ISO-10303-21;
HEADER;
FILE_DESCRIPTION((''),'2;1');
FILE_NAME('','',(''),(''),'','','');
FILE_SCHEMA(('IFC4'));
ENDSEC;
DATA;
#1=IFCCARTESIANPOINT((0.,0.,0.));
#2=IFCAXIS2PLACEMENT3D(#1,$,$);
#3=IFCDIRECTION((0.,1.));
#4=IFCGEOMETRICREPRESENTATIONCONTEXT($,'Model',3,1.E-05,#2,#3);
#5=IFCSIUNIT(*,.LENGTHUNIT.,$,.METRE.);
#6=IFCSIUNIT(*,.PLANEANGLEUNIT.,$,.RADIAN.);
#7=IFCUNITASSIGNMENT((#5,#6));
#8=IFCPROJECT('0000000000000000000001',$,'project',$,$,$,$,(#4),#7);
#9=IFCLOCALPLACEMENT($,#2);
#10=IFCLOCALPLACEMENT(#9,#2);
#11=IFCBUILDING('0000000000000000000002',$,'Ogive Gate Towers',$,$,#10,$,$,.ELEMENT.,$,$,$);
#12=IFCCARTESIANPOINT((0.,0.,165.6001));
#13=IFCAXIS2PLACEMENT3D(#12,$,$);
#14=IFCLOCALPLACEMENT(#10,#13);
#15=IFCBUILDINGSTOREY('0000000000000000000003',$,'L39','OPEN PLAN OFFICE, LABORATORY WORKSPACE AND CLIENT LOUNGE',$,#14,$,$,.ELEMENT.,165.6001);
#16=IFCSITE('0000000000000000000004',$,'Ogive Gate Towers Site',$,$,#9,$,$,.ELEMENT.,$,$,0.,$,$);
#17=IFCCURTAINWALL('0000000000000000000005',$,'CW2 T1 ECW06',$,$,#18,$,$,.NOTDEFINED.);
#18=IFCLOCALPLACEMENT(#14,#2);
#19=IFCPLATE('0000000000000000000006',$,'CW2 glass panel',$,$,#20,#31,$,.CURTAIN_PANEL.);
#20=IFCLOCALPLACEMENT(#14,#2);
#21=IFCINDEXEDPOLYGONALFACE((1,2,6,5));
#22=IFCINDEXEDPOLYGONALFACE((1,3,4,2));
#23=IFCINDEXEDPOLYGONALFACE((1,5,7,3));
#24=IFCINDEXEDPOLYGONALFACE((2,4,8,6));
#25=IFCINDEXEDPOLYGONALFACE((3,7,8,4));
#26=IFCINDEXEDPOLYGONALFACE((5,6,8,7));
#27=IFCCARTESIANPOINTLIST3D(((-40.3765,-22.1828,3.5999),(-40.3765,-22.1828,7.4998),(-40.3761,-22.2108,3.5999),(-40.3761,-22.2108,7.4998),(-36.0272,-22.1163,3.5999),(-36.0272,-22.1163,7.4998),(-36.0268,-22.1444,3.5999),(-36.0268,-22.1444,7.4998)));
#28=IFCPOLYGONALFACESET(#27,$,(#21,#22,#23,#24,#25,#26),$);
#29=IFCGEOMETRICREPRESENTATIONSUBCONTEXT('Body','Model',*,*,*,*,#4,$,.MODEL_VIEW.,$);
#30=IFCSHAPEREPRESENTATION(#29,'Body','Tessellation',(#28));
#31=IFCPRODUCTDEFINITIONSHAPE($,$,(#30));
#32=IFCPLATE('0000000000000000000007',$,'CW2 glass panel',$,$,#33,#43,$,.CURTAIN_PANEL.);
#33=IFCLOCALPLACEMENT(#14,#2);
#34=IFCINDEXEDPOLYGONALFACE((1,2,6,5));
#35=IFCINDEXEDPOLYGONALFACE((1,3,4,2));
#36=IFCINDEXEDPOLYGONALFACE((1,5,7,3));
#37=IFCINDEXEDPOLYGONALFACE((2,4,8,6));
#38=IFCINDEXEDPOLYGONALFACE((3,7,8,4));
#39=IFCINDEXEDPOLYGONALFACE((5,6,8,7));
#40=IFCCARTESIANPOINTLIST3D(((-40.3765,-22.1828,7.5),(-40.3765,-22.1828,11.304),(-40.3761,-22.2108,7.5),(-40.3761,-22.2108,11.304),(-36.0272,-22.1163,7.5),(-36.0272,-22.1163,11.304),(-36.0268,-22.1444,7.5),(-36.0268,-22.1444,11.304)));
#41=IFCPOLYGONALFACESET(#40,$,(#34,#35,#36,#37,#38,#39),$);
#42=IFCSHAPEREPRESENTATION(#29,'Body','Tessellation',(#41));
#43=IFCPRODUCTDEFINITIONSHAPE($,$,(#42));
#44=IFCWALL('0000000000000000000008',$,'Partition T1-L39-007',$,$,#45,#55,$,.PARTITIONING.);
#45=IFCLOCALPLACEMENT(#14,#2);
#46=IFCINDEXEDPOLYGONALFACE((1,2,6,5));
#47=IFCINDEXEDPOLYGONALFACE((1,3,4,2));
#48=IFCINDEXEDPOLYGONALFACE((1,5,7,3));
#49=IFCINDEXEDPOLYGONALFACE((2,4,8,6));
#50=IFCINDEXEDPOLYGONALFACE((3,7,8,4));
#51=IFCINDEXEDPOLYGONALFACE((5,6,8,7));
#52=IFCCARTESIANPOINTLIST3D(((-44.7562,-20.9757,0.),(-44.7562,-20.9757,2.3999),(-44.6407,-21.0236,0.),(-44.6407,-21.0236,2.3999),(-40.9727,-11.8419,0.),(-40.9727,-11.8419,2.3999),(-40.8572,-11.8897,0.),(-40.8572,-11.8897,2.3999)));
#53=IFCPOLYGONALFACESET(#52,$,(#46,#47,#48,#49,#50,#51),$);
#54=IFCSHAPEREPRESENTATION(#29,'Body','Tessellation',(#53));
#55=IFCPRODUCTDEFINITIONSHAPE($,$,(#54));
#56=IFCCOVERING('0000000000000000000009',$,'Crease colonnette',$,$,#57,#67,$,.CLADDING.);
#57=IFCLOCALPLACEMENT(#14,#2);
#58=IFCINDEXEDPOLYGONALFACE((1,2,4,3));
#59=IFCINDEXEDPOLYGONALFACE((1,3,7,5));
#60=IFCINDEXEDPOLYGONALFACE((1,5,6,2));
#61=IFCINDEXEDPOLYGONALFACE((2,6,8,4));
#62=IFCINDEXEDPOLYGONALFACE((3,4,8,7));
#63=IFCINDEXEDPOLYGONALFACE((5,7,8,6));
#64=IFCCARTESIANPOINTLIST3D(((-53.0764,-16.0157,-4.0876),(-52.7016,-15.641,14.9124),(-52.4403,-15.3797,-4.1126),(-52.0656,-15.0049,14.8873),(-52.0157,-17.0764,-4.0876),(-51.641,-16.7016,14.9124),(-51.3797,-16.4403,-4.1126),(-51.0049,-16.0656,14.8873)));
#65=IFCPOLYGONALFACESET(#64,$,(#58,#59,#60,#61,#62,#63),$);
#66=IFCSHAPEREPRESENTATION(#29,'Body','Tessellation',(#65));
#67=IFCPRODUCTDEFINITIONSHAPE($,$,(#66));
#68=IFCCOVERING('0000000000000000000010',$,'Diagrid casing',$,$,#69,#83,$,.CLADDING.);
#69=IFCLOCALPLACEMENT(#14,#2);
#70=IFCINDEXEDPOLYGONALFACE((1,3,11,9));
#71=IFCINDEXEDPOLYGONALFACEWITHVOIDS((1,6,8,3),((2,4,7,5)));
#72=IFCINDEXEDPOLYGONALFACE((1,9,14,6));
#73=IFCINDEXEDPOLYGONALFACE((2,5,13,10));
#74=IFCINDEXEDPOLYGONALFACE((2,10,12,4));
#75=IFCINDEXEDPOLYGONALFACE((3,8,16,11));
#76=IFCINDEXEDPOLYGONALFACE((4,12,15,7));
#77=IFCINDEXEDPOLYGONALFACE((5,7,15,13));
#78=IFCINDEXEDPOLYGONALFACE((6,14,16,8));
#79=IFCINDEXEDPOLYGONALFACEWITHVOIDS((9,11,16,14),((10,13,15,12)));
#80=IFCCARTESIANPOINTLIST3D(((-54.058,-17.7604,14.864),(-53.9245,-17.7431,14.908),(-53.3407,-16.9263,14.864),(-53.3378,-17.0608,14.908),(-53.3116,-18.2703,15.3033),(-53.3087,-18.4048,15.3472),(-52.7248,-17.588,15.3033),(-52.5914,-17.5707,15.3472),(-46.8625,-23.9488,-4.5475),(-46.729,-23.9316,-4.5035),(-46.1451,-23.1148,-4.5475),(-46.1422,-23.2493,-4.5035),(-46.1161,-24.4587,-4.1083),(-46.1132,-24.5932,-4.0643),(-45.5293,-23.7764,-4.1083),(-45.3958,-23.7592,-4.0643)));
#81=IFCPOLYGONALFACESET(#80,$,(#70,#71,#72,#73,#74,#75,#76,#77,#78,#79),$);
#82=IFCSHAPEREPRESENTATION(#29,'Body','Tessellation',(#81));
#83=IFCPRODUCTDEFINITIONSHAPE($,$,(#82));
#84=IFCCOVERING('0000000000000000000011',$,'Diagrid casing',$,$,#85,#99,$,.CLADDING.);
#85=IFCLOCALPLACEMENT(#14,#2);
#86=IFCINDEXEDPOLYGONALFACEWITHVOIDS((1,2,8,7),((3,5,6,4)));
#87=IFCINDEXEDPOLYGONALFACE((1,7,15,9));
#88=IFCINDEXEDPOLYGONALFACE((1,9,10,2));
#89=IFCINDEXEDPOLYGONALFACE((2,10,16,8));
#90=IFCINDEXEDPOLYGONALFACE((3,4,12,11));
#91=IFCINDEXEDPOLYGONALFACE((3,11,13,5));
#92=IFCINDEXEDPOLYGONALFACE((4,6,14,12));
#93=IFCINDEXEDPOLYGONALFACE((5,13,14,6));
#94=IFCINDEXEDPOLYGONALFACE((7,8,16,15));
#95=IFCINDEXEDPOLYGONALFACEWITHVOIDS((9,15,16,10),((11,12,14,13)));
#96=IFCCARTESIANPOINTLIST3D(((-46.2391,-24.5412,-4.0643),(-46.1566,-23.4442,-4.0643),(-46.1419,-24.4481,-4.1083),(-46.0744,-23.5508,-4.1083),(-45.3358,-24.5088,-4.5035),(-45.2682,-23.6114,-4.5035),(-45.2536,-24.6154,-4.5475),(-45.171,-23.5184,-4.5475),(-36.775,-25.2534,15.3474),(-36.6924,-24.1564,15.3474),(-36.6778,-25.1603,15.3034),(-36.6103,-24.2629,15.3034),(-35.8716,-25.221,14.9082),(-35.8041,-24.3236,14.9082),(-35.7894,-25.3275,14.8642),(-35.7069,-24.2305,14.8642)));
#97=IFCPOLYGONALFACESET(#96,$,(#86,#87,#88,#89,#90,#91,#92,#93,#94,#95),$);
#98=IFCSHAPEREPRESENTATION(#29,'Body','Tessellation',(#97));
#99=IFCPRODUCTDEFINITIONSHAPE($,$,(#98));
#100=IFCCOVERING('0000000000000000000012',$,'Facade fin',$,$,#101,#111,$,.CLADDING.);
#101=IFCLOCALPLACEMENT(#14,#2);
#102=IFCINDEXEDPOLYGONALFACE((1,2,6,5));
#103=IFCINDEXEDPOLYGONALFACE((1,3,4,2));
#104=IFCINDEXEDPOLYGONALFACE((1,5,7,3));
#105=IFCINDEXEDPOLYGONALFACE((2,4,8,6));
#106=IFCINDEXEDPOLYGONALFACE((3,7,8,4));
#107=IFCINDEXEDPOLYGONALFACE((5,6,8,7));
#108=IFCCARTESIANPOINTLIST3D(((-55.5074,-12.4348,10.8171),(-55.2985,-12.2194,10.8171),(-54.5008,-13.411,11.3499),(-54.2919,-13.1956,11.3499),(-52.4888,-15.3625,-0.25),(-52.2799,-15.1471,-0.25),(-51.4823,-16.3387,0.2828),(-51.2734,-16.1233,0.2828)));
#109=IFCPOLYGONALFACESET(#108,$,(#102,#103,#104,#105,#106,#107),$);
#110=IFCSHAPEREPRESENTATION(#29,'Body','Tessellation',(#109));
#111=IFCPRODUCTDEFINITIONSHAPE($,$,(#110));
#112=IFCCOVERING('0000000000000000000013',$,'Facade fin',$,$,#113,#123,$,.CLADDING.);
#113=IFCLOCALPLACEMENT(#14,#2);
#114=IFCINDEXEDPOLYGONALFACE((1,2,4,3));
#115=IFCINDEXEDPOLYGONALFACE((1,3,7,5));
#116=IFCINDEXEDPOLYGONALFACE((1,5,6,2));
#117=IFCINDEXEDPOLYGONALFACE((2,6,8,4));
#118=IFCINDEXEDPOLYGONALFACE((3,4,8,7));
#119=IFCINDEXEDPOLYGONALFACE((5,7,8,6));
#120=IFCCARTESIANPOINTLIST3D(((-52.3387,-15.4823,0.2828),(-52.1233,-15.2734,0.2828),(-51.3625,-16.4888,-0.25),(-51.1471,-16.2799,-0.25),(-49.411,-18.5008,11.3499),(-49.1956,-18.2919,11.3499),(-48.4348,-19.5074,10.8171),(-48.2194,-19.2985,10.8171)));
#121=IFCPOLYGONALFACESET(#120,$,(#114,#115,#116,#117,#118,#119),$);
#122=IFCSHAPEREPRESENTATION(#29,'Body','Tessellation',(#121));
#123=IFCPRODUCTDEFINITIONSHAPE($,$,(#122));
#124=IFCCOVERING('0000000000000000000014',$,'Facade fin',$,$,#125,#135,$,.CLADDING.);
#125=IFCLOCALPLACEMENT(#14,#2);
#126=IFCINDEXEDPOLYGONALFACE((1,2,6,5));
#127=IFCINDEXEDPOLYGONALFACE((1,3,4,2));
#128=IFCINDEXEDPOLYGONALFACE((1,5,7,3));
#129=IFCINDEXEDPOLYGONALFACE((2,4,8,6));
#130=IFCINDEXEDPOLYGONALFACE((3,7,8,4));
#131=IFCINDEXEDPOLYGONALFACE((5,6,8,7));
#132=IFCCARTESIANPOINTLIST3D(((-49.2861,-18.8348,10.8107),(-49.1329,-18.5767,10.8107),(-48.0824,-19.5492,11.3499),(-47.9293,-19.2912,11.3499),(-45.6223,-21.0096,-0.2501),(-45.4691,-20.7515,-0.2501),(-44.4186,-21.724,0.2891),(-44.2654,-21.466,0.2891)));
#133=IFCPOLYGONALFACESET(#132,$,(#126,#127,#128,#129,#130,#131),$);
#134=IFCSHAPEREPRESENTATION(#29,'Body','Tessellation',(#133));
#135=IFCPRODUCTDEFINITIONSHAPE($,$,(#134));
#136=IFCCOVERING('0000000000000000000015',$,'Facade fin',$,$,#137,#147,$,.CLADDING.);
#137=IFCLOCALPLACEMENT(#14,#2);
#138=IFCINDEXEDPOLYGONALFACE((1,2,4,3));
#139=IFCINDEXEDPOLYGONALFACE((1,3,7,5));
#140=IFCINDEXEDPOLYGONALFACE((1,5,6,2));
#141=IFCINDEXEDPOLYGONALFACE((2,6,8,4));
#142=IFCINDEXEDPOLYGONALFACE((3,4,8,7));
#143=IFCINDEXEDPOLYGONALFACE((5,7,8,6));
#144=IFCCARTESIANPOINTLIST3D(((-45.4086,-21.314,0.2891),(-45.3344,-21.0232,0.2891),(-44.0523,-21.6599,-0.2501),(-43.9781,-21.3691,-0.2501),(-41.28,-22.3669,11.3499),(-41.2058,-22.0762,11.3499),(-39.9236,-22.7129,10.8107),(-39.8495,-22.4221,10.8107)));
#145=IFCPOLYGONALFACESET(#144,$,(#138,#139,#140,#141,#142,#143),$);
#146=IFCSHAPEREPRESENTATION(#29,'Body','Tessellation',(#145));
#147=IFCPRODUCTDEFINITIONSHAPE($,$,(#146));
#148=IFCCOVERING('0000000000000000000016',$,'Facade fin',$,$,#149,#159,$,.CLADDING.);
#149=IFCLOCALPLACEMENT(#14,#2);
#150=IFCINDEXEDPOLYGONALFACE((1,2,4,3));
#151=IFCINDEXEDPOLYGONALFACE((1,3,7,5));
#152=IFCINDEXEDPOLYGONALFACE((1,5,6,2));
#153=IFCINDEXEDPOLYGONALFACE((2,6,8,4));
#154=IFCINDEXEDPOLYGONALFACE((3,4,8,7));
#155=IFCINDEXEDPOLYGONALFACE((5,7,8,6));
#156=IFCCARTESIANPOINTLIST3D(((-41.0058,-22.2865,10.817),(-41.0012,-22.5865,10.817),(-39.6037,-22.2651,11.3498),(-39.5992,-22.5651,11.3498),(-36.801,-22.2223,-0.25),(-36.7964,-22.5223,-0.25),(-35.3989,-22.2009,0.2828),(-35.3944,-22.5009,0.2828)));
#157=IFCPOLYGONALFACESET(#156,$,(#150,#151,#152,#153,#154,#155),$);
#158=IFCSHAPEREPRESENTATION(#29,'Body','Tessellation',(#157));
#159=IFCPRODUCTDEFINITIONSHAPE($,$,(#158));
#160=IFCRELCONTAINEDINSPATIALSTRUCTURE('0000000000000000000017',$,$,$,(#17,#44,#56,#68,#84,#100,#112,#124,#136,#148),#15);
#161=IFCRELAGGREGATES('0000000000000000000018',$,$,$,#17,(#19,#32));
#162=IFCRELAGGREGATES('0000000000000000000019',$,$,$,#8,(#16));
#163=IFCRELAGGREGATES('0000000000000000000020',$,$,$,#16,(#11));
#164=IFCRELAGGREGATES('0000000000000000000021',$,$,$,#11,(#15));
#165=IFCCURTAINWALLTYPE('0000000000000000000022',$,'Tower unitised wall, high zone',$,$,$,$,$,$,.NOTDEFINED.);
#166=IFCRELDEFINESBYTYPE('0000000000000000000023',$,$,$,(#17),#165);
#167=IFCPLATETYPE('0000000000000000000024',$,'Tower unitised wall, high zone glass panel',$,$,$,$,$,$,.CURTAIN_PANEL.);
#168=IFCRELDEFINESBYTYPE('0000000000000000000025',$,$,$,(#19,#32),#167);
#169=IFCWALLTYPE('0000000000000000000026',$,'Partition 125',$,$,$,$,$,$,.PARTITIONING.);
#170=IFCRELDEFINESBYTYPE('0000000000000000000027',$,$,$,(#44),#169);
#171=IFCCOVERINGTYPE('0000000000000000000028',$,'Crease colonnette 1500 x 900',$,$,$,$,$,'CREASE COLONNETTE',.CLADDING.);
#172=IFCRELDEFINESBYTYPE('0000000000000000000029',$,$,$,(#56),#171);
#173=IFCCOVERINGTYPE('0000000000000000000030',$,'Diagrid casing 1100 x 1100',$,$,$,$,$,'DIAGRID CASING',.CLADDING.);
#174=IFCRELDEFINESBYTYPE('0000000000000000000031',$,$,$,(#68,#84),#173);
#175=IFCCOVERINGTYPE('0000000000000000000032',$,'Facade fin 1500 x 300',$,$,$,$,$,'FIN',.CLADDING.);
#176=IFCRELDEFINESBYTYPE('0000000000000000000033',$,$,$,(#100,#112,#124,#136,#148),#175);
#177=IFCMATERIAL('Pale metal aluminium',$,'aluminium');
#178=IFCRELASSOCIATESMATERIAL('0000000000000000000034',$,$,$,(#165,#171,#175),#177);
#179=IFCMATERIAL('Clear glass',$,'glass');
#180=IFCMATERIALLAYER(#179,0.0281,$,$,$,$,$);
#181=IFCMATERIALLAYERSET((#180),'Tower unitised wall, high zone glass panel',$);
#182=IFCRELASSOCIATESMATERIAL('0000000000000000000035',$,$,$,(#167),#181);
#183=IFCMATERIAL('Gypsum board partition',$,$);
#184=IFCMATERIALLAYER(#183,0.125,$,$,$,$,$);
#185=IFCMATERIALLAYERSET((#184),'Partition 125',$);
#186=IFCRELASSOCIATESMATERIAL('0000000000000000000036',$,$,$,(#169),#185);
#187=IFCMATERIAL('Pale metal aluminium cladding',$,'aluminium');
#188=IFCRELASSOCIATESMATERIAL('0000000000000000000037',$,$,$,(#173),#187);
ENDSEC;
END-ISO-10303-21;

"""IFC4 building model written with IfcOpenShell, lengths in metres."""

from ifc_helpers import new_model, si_unit, direction, frame, frame_2d, origin, origin_2d, place, context, subcontext, project, spatial, rectangle, hollow_rectangle, extrude, material, layer, layer_set, material_profile, profile_set, type_object, element, aggregate, save


model = new_model("IFC4")

# Units and contexts
model_context = context("Model", 3, precision=1e-05, world=origin(), true_north=direction((0.0, 1.0)))
body_context = subcontext(model_context, "Body", "Model", "MODEL_VIEW")
ifc_project = project(units=[si_unit("LENGTHUNIT", "METRE"), si_unit("PLANEANGLEUNIT", "RADIAN")], contexts=[model_context])

# Site, building, storey
site_placement = place(None, origin())
site = spatial("IfcSite", under=ifc_project, at=site_placement, Name="Ogive Gate Towers Site", CompositionType="ELEMENT", RefElevation=0.0)
building_placement = place(site_placement, origin())
building = spatial("IfcBuilding", under=site, at=building_placement, Name="Ogive Gate Towers", CompositionType="ELEMENT")
storey_placement = place(building_placement, frame((0.0, 0.0, 165.6001)))
storey = spatial("IfcBuildingStorey", under=building, at=storey_placement, Name="L39", Description="OPEN PLAN OFFICE, LABORATORY WORKSPACE AND CLIENT LOUNGE", CompositionType="ELEMENT", Elevation=165.6001)

# Shared definitions
ifc_material_1 = material(Name="Pale metal aluminium", Category="aluminium")
curtain_wall_type = type_object("IfcCurtainWallType", Name="Tower unitised wall, high zone", PredefinedType="NOTDEFINED", material=ifc_material_1)

# Curtain wall
curtain_wall_1_placement = place(storey_placement, origin())
curtain_wall_1 = element("IfcCurtainWall", 1, at=curtain_wall_1_placement, inside=storey, type_object=curtain_wall_type, Name="CW2 T1 ECW06", PredefinedType="NOTDEFINED")

# Plates
ifc_material_2 = material(Name="Clear glass", Category="glass")
ifc_layer_1 = layer(ifc_material_2, 0.0281)
ifc_layer_set_1 = layer_set([ifc_layer_1], Name="Tower unitised wall, high zone glass panel")
plate_type = type_object("IfcPlateType", Name="Tower unitised wall, high zone glass panel", PredefinedType="CURTAIN_PANEL", material=ifc_layer_set_1)
plate_1_placement = place(storey_placement, frame((-38.2017, -22.1636, 3.5999), z_axis=(0.0, 0.0, 1.0), x_axis=(0.999883, 0.015271, 0.0)))
plate_1 = element("IfcPlate", 2, at=plate_1_placement, type_object=plate_type, Name="CW2 glass panel", PredefinedType="CURTAIN_PANEL", context=body_context, shape_type="SweptSolid", body=[
    extrude(rectangle(XDim=4.3499, YDim=0.0281, at=origin_2d()), origin(), (0.0, 0.0, 1.0), 3.8999),
])
plate_2_placement = place(storey_placement, frame((-38.2017, -22.1636, 7.5), z_axis=(0.0, 0.0, 1.0), x_axis=(0.999883, 0.015271, 0.0)))
plate_2 = element("IfcPlate", 3, at=plate_2_placement, type_object=plate_type, Name="CW2 glass panel", PredefinedType="CURTAIN_PANEL", context=body_context, shape_type="SweptSolid", body=[
    extrude(rectangle(XDim=4.3499, YDim=0.0281, at=origin_2d()), origin(), (0.0, 0.0, 1.0), 3.804),
])
aggregate(curtain_wall_1, [plate_1, plate_2])

# Wall
ifc_material_3 = material(Name="Gypsum board partition")
ifc_layer_2 = layer(ifc_material_3, 0.125)
ifc_layer_set_2 = layer_set([ifc_layer_2], Name="Partition 125")
wall_type = type_object("IfcWallType", Name="Partition 125", PredefinedType="PARTITIONING", material=ifc_layer_set_2)
wall_placement = place(storey_placement, frame((-44.6985, -20.9998, 0.0), z_axis=(0.0, 0.0, 1.0), x_axis=(0.382693, 0.923876, 0.0)))
element("IfcWall", 4, at=wall_placement, inside=storey, type_object=wall_type, Name="Partition T1-L39-007", PredefinedType="PARTITIONING", context=body_context, shape_type="SweptSolid", body=[
    extrude(rectangle(XDim=9.8865, YDim=0.125, at=frame_2d((4.9434, 0.0))), origin(), (0.0, 0.0, 1.0), 2.3999),
])

# Coverings
ifc_material_profile_1 = material_profile(ifc_material_1, rectangle(XDim=1.5, YDim=0.8999, at=origin_2d()), Name="1500 x 900 pale metal aluminium")
ifc_profile_set_1 = profile_set([ifc_material_profile_1], Name="Pale metal aluminium")
covering_type_1 = type_object("IfcCoveringType", Name="Crease colonnette 1500 x 900", ElementType="CREASE COLONNETTE", PredefinedType="CLADDING", material=ifc_profile_set_1)
covering_1_placement = place(storey_placement, frame((-52.228, -16.228, -4.1001), z_axis=(0.019716, 0.019716, 0.999611), x_axis=(-0.707107, 0.707107, 0.0)))
element("IfcCovering", 5, at=covering_1_placement, inside=storey, type_object=covering_type_1, Name="Crease colonnette", PredefinedType="CLADDING", context=body_context, shape_type="SweptSolid", body=[
    extrude(rectangle(XDim=1.5, YDim=0.8999, at=origin_2d()), origin(), (0.0, 0.0, 1.0), 19.0073),
])
ifc_material_4 = material(Name="Pale metal aluminium cladding", Category="aluminium")
ifc_material_profile_2 = material_profile(ifc_material_4, hollow_rectangle(XDim=1.1001, YDim=1.1001, WallThickness=0.1001, at=origin_2d()), Name="1100 x 1100 pale metal casing")
ifc_profile_set_2 = profile_set([ifc_material_profile_2], Name="Pale metal aluminium cladding")
covering_type_2 = type_object("IfcCoveringType", Name="Diagrid casing 1100 x 1100", ElementType="DIAGRID CASING", PredefinedType="CLADDING", material=ifc_profile_set_2)
covering_2_placement = place(storey_placement, frame((-46.1292, -23.854, -4.3059), z_axis=(-0.333012, 0.286404, 0.898374), x_axis=(-0.652057, -0.75817, 0.0)))
element("IfcCovering", 6, at=covering_2_placement, inside=storey, type_object=covering_type_2, Name="Diagrid casing", PredefinedType="CLADDING", context=body_context, shape_type="SweptSolid", body=[
    extrude(hollow_rectangle(XDim=1.1001, YDim=1.1001, WallThickness=0.1001, at=origin_2d()), origin(), (0.0, 0.0, 1.0), 21.6074),
])
covering_3_placement = place(storey_placement, frame((-45.7051, -24.0298, -4.3059), z_axis=(0.438, -0.032959, 0.898371), x_axis=(0.075036, 0.997181, 0.0)))
element("IfcCovering", 7, at=covering_3_placement, inside=storey, type_object=covering_type_2, Name="Diagrid casing", PredefinedType="CLADDING", context=body_context, shape_type="SweptSolid", body=[
    extrude(hollow_rectangle(XDim=1.1001, YDim=1.1001, WallThickness=0.1001, at=origin_2d()), origin(), (0.0, 0.0, 1.0), 21.6077),
])
ifc_material_profile_3 = material_profile(ifc_material_1, rectangle(XDim=0.3, YDim=1.5, at=origin_2d()), Name="1500 x 300 pale metal aluminium")
ifc_profile_set_3 = profile_set([ifc_material_profile_3], Name="Pale metal aluminium")
covering_type_3 = type_object("IfcCoveringType", Name="Facade fin 1500 x 300", ElementType="FIN", PredefinedType="CLADDING", material=ifc_profile_set_3)
for number, where, z_axis, x_axis, name in (
    (8, (-51.8811, -15.7429, 0.0164), (-0.254964, 0.247293, 0.934794), (-0.696226, -0.717823, 0.0), "Facade fin"),
    (9, (-51.7429, -15.8811, 0.0164), (0.247293, -0.254964, 0.934794), (0.717823, 0.696226, 0.0), "Facade fin"),
):
    element("IfcCovering", number, at=place(storey_placement, frame(where, z_axis=z_axis, x_axis=x_axis)), inside=storey, type_object=covering_type_3, Name=name, PredefinedType="CLADDING", context=body_context, shape_type="SweptSolid", body=[
        extrude(rectangle(XDim=0.3, YDim=1.5, at=origin_2d()), origin(), (0.0, 0.0, 1.0), 11.8391),
    ])
for number, where, z_axis, x_axis, name in (
    (10, (-44.9438, -21.2378, 0.0195), (-0.309104, 0.183481, 0.933161), (-0.510437, -0.859915, 0.0), "Facade fin"),
    (11, (-44.6934, -21.3416, 0.0195), (0.34832, -0.088836, 0.933157), (0.24713, 0.968982, 0.0), "Facade fin"),
):
    element("IfcCovering", number, at=place(storey_placement, frame(where, z_axis=z_axis, x_axis=x_axis)), inside=storey, type_object=covering_type_3, Name=name, PredefinedType="CLADDING", context=body_context, shape_type="SweptSolid", body=[
        extrude(rectangle(XDim=0.3, YDim=1.5, at=origin_2d()), origin(), (0.0, 0.0, 1.0), 11.853),
    ])
covering_4_placement = place(storey_placement, frame((-36.0977, -22.3616, 0.0164), z_axis=(-0.355162, -0.005423, 0.934789), x_axis=(0.015268, -0.999883, 0.0)))
element("IfcCovering", 12, at=covering_4_placement, inside=storey, type_object=covering_type_3, Name="Facade fin", PredefinedType="CLADDING", context=body_context, shape_type="SweptSolid", body=[
    extrude(rectangle(XDim=0.3, YDim=1.5, at=origin_2d()), origin(), (0.0, 0.0, 1.0), 11.8391),
])

save(model, "model.ifc")
